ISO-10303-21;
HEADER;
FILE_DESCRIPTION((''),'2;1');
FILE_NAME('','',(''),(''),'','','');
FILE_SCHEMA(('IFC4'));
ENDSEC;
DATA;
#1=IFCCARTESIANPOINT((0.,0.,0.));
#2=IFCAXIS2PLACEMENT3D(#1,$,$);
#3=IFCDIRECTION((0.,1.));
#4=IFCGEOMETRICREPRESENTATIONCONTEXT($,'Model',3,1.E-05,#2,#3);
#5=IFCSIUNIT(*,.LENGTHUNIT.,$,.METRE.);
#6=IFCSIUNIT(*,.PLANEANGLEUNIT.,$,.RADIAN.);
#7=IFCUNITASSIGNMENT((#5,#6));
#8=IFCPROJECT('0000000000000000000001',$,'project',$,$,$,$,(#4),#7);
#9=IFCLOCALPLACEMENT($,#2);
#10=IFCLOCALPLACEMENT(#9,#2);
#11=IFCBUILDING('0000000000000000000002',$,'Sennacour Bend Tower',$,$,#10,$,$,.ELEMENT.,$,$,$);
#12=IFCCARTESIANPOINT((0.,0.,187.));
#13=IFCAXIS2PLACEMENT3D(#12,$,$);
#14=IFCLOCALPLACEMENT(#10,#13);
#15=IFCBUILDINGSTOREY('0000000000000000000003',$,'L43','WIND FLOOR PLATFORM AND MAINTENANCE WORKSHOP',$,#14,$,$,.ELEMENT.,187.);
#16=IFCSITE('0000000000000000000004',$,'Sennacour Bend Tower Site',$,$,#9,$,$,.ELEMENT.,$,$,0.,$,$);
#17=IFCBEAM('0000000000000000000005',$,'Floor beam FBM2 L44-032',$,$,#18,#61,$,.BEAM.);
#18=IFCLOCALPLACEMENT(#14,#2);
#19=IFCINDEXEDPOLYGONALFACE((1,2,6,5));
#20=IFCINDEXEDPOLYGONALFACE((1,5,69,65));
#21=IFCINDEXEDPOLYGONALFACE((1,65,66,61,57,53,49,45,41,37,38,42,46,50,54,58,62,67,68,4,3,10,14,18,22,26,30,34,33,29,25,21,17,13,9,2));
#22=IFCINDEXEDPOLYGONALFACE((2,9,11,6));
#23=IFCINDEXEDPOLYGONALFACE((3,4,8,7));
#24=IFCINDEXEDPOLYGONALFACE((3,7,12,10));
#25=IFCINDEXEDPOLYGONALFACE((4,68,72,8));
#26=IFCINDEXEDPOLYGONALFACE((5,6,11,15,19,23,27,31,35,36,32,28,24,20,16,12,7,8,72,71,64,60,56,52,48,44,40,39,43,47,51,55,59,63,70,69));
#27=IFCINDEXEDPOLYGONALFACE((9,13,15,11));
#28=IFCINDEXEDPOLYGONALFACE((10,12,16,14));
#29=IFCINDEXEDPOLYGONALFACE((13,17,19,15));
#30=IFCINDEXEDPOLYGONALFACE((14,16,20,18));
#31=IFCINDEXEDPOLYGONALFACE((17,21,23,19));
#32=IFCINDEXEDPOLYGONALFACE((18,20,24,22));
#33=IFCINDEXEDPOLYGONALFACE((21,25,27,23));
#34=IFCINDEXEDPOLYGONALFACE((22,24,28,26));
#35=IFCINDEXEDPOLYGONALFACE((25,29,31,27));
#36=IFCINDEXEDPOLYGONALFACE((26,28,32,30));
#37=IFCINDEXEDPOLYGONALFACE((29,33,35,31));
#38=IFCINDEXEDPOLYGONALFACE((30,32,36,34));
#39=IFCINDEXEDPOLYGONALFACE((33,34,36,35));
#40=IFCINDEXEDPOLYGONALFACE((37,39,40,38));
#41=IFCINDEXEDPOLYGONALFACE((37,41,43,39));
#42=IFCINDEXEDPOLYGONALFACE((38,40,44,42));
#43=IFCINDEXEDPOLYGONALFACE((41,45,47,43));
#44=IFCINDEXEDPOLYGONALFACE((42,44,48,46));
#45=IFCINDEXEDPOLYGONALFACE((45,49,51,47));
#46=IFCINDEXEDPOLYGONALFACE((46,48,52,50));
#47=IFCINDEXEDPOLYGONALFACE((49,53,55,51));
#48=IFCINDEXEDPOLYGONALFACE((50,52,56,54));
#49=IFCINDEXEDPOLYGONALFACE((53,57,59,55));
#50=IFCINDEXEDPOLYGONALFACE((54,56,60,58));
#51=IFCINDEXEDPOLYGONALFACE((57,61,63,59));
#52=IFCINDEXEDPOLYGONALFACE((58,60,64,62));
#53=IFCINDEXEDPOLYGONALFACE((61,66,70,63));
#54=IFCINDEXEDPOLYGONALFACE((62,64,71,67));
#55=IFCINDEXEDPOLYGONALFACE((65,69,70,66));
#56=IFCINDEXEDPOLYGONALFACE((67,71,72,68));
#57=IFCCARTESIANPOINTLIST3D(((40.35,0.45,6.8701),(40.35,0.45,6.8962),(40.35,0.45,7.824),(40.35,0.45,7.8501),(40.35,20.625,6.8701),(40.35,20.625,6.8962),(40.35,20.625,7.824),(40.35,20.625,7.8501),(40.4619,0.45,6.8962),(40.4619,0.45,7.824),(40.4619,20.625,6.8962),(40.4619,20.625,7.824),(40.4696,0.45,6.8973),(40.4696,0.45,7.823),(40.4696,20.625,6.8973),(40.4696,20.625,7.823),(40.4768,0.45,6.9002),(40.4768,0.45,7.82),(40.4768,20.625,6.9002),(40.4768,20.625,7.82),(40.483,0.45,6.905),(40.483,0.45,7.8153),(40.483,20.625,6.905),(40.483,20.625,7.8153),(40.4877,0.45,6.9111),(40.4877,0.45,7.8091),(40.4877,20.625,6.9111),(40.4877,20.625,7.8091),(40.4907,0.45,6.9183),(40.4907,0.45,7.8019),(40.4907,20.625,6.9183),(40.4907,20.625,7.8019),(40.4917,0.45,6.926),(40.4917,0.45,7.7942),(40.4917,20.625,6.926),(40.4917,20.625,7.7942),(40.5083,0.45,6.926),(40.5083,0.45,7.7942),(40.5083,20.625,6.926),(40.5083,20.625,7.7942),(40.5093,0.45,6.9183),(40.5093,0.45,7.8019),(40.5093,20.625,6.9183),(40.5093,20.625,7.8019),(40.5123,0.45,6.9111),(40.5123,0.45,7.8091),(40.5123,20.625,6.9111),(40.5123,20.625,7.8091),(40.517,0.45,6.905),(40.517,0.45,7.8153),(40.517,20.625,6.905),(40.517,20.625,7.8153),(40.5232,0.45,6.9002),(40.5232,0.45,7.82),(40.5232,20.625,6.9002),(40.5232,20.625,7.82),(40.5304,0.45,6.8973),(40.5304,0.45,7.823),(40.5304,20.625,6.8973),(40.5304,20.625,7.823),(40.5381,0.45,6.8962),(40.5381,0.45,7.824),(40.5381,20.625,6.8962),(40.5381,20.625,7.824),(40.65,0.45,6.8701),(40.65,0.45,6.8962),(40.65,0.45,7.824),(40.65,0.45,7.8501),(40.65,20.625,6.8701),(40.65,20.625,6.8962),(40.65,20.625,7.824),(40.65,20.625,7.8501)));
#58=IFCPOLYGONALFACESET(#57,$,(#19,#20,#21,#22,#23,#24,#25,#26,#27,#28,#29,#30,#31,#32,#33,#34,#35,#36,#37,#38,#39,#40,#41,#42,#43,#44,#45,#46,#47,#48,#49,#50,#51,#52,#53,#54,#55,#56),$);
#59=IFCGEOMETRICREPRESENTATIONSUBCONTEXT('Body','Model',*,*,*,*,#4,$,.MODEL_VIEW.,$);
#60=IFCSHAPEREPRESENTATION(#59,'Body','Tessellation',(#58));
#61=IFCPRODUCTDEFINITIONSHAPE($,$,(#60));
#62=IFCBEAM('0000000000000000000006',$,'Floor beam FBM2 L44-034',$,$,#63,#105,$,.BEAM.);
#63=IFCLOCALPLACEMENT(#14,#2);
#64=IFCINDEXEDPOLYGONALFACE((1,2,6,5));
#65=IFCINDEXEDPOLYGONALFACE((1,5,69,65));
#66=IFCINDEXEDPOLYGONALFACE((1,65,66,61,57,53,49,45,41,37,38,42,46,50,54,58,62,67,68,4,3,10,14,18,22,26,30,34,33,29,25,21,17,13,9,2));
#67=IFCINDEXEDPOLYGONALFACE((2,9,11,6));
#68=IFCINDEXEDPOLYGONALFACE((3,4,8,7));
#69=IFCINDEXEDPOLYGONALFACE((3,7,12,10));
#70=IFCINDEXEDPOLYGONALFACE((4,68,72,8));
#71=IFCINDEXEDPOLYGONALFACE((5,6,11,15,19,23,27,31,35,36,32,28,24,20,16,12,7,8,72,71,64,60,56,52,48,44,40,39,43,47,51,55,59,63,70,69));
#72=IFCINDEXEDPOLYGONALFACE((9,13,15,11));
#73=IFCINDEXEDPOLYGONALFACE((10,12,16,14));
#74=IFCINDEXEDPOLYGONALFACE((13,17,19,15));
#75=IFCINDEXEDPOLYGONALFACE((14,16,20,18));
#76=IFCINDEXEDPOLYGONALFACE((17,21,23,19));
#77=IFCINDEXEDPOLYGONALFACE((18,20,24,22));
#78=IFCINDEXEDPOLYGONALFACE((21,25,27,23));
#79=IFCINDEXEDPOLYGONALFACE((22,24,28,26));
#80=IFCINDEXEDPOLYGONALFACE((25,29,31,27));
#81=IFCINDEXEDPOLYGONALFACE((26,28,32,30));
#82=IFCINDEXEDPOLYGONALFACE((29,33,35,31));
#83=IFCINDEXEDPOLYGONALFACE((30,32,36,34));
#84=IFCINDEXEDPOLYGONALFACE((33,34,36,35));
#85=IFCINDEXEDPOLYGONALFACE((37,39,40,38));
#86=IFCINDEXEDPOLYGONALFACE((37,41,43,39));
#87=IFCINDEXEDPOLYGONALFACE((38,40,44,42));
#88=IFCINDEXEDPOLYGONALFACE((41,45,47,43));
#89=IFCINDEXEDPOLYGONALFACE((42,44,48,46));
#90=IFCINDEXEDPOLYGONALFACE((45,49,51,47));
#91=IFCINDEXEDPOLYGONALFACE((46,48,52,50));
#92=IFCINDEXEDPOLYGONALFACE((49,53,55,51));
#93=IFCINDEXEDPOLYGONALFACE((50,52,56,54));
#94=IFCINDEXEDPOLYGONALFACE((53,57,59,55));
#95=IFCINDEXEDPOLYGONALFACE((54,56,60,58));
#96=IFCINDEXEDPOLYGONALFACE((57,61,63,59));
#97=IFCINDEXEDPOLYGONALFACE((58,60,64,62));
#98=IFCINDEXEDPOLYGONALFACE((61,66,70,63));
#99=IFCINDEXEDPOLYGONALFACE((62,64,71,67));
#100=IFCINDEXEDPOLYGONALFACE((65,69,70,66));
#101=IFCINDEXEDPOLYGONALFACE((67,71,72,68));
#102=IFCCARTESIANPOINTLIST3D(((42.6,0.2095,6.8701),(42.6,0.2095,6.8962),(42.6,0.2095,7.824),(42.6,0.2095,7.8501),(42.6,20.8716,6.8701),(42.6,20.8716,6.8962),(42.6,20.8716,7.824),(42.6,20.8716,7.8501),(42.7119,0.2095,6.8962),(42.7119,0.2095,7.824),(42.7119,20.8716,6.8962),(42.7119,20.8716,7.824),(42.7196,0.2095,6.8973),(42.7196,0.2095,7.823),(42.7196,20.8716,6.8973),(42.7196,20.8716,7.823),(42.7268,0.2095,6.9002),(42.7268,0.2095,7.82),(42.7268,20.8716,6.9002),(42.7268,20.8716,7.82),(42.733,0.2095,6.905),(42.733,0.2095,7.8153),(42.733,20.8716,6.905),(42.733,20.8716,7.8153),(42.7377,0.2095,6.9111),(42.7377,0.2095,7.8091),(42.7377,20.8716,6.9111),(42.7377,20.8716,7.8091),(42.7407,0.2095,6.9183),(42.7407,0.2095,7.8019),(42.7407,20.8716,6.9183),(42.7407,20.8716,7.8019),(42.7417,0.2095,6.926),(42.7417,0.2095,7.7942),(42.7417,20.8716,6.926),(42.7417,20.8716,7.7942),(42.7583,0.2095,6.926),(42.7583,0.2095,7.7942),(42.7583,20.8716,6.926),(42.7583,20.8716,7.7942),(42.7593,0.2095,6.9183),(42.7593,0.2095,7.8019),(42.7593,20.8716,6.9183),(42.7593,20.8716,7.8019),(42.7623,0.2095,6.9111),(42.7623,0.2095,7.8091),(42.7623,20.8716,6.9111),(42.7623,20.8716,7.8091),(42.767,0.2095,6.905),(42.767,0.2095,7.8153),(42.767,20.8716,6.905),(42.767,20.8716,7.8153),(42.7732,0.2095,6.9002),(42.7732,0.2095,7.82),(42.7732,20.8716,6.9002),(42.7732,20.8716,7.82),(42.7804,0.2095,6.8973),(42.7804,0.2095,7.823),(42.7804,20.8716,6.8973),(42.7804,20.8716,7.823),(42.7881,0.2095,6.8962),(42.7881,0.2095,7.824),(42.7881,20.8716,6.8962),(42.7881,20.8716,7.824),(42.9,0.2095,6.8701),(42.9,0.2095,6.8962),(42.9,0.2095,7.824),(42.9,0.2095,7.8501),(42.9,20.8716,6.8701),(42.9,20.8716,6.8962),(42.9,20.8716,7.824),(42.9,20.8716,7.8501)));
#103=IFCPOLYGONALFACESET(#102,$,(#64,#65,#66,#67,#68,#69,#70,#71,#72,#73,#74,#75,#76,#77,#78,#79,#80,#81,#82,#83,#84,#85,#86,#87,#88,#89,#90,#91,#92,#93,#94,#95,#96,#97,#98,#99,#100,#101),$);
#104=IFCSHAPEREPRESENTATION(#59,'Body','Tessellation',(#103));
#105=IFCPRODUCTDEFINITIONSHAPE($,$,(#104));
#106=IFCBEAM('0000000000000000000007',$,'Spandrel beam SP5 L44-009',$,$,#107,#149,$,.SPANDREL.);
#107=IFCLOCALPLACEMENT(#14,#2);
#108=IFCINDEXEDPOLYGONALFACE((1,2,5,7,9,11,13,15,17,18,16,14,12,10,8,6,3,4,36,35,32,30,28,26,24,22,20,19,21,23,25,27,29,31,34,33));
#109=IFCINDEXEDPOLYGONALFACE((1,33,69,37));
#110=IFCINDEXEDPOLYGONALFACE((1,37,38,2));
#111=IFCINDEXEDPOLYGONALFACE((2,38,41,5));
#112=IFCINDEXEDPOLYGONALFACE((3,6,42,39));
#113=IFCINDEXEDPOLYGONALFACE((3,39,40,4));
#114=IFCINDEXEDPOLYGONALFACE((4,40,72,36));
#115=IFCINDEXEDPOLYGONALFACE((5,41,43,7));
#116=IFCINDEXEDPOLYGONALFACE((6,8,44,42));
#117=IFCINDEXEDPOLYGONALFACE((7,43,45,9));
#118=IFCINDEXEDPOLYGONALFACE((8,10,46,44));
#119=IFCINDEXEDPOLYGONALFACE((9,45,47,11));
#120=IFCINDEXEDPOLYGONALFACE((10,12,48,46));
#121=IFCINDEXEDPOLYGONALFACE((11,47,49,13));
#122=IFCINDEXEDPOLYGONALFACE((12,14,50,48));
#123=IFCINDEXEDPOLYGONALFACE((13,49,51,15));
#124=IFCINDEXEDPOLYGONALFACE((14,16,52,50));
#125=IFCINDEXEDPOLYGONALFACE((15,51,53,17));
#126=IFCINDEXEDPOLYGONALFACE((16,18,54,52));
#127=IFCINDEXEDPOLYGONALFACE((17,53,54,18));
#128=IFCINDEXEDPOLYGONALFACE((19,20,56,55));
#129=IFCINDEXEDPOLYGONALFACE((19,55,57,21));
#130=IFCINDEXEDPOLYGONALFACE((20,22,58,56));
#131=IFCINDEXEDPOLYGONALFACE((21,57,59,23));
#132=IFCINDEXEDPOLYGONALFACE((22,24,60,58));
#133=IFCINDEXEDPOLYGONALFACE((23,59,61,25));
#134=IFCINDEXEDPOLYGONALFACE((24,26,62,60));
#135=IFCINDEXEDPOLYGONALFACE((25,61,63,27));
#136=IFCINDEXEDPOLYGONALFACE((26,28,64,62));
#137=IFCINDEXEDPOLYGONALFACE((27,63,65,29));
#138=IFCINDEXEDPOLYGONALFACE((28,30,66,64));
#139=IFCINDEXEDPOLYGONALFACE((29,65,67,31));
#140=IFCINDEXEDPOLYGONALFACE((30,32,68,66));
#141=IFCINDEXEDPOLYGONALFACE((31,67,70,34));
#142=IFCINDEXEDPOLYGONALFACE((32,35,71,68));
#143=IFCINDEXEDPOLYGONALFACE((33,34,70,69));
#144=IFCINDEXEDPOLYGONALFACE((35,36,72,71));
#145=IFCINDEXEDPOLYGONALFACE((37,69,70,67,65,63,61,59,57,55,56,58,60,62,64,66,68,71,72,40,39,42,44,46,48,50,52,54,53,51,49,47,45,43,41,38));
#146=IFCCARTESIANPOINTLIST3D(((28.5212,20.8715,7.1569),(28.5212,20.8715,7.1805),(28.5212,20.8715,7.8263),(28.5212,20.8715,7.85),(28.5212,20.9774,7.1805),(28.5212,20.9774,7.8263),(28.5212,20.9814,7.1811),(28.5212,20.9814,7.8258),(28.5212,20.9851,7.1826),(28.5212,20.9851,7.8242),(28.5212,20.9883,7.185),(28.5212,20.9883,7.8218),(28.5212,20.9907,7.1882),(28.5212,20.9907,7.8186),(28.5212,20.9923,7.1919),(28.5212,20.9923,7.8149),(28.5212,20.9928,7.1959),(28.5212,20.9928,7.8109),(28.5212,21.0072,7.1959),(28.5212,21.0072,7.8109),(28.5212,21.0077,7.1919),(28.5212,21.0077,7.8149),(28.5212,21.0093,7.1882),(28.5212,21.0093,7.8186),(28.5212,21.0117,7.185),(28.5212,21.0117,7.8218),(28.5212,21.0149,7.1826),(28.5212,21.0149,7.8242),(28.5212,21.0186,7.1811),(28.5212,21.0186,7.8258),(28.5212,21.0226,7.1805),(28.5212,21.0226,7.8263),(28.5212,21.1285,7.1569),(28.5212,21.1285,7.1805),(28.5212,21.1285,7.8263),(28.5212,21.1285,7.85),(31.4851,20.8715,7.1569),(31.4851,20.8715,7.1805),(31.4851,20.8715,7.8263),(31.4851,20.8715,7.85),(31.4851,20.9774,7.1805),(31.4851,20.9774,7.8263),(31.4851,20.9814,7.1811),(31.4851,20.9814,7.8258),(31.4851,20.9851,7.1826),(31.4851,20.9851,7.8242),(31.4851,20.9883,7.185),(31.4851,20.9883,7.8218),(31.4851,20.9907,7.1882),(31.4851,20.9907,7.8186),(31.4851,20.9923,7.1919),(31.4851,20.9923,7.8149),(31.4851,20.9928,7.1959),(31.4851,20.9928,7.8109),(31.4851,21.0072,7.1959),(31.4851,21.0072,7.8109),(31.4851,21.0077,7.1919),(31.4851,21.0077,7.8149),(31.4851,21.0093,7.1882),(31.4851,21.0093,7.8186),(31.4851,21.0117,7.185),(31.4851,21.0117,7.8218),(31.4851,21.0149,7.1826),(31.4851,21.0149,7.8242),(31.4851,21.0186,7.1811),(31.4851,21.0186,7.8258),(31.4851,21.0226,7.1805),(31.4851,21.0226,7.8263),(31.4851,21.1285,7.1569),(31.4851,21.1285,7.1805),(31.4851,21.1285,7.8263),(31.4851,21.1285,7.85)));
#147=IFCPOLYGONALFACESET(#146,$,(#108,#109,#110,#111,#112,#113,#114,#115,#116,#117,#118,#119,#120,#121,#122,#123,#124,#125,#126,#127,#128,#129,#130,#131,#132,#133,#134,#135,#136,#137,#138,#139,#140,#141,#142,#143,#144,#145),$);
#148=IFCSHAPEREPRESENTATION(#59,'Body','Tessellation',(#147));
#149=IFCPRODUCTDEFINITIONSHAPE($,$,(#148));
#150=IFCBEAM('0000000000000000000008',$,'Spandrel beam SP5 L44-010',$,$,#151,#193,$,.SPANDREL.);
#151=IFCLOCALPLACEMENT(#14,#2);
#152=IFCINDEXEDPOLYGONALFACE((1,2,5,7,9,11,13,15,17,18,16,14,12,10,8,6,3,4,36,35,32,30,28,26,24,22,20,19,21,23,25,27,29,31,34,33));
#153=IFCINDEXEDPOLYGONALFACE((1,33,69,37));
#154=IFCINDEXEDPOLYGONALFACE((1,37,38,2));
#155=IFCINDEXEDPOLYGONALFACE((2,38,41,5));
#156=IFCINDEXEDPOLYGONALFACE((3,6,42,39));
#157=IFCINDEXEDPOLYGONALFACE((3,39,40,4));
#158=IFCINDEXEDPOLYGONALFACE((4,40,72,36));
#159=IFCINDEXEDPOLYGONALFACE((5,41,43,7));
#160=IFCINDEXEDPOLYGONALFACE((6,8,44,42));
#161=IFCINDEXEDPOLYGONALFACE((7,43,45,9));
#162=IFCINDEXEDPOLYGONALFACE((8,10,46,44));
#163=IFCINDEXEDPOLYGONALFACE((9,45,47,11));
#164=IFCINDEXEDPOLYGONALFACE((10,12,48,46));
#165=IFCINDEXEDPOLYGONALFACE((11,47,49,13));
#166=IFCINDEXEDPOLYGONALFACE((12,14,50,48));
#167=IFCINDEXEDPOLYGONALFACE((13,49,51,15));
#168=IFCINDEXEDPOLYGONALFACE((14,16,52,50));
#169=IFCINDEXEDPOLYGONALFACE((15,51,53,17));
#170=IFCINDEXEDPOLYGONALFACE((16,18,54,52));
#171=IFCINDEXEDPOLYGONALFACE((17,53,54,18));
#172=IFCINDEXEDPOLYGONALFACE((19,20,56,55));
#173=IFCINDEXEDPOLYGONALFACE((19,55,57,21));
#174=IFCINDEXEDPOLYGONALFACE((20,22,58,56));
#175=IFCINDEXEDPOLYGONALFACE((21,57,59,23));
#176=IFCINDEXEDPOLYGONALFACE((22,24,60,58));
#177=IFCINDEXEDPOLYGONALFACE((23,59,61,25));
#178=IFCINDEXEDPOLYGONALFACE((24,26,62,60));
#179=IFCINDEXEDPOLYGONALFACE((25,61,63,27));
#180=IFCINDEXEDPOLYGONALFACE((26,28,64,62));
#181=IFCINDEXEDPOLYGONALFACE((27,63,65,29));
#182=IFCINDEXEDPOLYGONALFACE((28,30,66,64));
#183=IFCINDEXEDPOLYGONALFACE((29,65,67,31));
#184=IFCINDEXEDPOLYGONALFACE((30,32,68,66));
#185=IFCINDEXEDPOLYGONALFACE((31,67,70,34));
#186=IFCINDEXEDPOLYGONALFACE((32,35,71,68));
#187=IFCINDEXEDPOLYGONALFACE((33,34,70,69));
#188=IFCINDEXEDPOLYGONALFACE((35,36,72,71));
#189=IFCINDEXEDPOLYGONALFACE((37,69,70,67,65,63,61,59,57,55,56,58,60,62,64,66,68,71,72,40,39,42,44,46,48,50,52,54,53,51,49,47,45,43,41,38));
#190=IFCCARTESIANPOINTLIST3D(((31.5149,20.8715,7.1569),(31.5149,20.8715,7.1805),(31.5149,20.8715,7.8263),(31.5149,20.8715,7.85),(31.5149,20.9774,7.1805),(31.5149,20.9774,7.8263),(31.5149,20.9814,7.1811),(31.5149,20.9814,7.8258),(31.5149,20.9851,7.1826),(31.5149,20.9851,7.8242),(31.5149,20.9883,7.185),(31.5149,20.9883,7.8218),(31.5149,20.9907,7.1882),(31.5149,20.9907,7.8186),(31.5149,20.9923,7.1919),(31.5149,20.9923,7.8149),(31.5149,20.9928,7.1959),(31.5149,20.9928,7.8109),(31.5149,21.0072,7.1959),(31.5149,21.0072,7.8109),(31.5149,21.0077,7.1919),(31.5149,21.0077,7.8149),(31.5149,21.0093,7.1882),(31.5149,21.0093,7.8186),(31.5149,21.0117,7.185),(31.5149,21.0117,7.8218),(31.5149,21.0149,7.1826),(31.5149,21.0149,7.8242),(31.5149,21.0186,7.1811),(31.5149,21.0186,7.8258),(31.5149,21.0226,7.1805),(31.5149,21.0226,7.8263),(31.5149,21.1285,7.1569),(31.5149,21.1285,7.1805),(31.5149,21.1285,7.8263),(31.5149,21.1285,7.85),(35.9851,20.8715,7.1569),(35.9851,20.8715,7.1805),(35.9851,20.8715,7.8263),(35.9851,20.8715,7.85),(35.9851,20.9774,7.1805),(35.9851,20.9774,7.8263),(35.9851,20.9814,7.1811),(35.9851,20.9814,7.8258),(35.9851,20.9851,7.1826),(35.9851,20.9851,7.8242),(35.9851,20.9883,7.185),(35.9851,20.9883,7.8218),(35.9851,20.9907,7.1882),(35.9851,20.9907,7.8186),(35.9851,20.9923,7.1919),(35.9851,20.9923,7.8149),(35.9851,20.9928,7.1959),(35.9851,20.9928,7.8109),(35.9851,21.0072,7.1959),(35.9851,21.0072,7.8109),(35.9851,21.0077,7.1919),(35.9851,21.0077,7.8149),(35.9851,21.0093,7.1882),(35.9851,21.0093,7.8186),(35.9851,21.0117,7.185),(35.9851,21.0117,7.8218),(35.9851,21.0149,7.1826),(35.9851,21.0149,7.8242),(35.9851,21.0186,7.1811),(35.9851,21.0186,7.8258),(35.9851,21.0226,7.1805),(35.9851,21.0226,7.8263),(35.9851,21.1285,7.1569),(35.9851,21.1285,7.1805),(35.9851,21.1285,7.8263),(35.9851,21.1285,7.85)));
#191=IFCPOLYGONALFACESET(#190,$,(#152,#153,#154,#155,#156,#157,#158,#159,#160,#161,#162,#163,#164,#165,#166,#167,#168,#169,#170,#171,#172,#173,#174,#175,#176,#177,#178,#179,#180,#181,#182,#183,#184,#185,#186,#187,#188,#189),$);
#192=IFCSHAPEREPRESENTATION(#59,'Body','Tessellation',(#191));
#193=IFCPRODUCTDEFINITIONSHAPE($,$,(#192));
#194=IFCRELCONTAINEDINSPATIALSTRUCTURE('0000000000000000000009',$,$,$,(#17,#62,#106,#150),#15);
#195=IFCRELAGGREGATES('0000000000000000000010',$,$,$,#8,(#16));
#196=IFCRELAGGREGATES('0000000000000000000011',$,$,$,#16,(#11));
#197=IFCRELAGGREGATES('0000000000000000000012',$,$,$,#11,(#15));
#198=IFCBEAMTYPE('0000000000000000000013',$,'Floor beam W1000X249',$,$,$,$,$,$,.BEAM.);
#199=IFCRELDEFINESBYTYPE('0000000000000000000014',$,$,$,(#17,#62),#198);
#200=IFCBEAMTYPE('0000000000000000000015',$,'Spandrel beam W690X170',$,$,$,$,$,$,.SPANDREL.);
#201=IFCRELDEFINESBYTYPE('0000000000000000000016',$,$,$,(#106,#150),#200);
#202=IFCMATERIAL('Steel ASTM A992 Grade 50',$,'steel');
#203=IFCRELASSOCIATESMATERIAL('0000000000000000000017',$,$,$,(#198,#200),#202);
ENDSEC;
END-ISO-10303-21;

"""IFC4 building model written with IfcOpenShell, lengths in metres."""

from ifc_helpers import new_model, si_unit, direction, frame, origin, origin_2d, place, context, subcontext, project, spatial, i_section, extrude, material, material_profile, profile_set, type_object, element, save


model = new_model("IFC4")

# Units and contexts
model_context = context("Model", 3, precision=1e-05, world=origin(), true_north=direction((0.0, 1.0)))
body_context = subcontext(model_context, "Body", "Model", "MODEL_VIEW")
ifc_project = project(units=[si_unit("LENGTHUNIT", "METRE"), si_unit("PLANEANGLEUNIT", "RADIAN")], contexts=[model_context])

# Site, building, storey
site_placement = place(None, origin())
site = spatial("IfcSite", under=ifc_project, at=site_placement, Name="Sennacour Bend Tower Site", CompositionType="ELEMENT", RefElevation=0.0)
building_placement = place(site_placement, origin())
building = spatial("IfcBuilding", under=site, at=building_placement, Name="Sennacour Bend Tower", CompositionType="ELEMENT")
storey_placement = place(building_placement, frame((0.0, 0.0, 187.0)))
storey = spatial("IfcBuildingStorey", under=building, at=storey_placement, Name="L43", Description="WIND FLOOR PLATFORM AND MAINTENANCE WORKSHOP", CompositionType="ELEMENT", Elevation=187.0)

# Shared definitions
ifc_material_1 = material(Name="Steel ASTM A992 Grade 50", Category="steel")

# Beams
ifc_material_profile_1 = material_profile(ifc_material_1, i_section(OverallWidth=0.3, OverallDepth=0.98, WebThickness=0.0166, FlangeThickness=0.0261, FilletRadius=0.0298, at=origin_2d()), Name="Steel ASTM A992 Grade 50", Category="steel")
ifc_profile_set_1 = profile_set([ifc_material_profile_1], Name="Steel ASTM A992 Grade 50")
beam_type_1 = type_object("IfcBeamType", Name="Floor beam W1000X249", PredefinedType="BEAM", material=ifc_profile_set_1)
beam_1_placement = place(storey_placement, frame((40.5, 0.45, 7.3601), z_axis=(0.0, 1.0, 0.0), x_axis=(-1.0, 0.0, 0.0)))
element("IfcBeam", 1, at=beam_1_placement, inside=storey, type_object=beam_type_1, Name="Floor beam FBM2 L44-032", PredefinedType="BEAM", context=body_context, shape_type="SweptSolid", body=[
    extrude(i_section(OverallWidth=0.3, OverallDepth=0.98, WebThickness=0.0166, FlangeThickness=0.0261, FilletRadius=0.0298, at=origin_2d()), origin(), (0.0, 0.0, 1.0), 20.175),
])
beam_2_placement = place(storey_placement, frame((42.75, 0.2095, 7.3601), z_axis=(0.0, 1.0, 0.0), x_axis=(-1.0, 0.0, 0.0)))
element("IfcBeam", 2, at=beam_2_placement, inside=storey, type_object=beam_type_1, Name="Floor beam FBM2 L44-034", PredefinedType="BEAM", context=body_context, shape_type="SweptSolid", body=[
    extrude(i_section(OverallWidth=0.3, OverallDepth=0.98, WebThickness=0.0166, FlangeThickness=0.0261, FilletRadius=0.0298, at=origin_2d()), origin(), (0.0, 0.0, 1.0), 20.6621),
])
ifc_material_profile_2 = material_profile(ifc_material_1, i_section(OverallWidth=0.2571, OverallDepth=0.6931, WebThickness=0.0144, FlangeThickness=0.0237, FilletRadius=0.0154, at=origin_2d()), Name="Steel ASTM A992 Grade 50", Category="steel")
ifc_profile_set_2 = profile_set([ifc_material_profile_2], Name="Steel ASTM A992 Grade 50")
beam_type_2 = type_object("IfcBeamType", Name="Spandrel beam W690X170", PredefinedType="SPANDREL", material=ifc_profile_set_2)
beam_3_placement = place(storey_placement, frame((28.5212, 21.0, 7.5034), z_axis=(1.0, 0.0, 0.0), x_axis=(0.0, 1.0, 0.0)))
element("IfcBeam", 3, at=beam_3_placement, inside=storey, type_object=beam_type_2, Name="Spandrel beam SP5 L44-009", PredefinedType="SPANDREL", context=body_context, shape_type="SweptSolid", body=[
    extrude(i_section(OverallWidth=0.2571, OverallDepth=0.6931, WebThickness=0.0144, FlangeThickness=0.0237, FilletRadius=0.0154, at=origin_2d()), origin(), (0.0, 0.0, 1.0), 2.9639),
])
for number, where, z_axis, x_axis, name in (
    (4, (31.5149, 21.0, 7.5034), (1.0, 0.0, 0.0), (0.0, 1.0, 0.0), "Spandrel beam SP5 L44-010"),
):
    element("IfcBeam", number, at=place(storey_placement, frame(where, z_axis=z_axis, x_axis=x_axis)), inside=storey, type_object=beam_type_2, Name=name, PredefinedType="SPANDREL", context=body_context, shape_type="SweptSolid", body=[
        extrude(i_section(OverallWidth=0.2571, OverallDepth=0.6931, WebThickness=0.0144, FlangeThickness=0.0237, FilletRadius=0.0154, at=origin_2d()), origin(), (0.0, 0.0, 1.0), 4.4702),
    ])

save(model, "model.ifc")
